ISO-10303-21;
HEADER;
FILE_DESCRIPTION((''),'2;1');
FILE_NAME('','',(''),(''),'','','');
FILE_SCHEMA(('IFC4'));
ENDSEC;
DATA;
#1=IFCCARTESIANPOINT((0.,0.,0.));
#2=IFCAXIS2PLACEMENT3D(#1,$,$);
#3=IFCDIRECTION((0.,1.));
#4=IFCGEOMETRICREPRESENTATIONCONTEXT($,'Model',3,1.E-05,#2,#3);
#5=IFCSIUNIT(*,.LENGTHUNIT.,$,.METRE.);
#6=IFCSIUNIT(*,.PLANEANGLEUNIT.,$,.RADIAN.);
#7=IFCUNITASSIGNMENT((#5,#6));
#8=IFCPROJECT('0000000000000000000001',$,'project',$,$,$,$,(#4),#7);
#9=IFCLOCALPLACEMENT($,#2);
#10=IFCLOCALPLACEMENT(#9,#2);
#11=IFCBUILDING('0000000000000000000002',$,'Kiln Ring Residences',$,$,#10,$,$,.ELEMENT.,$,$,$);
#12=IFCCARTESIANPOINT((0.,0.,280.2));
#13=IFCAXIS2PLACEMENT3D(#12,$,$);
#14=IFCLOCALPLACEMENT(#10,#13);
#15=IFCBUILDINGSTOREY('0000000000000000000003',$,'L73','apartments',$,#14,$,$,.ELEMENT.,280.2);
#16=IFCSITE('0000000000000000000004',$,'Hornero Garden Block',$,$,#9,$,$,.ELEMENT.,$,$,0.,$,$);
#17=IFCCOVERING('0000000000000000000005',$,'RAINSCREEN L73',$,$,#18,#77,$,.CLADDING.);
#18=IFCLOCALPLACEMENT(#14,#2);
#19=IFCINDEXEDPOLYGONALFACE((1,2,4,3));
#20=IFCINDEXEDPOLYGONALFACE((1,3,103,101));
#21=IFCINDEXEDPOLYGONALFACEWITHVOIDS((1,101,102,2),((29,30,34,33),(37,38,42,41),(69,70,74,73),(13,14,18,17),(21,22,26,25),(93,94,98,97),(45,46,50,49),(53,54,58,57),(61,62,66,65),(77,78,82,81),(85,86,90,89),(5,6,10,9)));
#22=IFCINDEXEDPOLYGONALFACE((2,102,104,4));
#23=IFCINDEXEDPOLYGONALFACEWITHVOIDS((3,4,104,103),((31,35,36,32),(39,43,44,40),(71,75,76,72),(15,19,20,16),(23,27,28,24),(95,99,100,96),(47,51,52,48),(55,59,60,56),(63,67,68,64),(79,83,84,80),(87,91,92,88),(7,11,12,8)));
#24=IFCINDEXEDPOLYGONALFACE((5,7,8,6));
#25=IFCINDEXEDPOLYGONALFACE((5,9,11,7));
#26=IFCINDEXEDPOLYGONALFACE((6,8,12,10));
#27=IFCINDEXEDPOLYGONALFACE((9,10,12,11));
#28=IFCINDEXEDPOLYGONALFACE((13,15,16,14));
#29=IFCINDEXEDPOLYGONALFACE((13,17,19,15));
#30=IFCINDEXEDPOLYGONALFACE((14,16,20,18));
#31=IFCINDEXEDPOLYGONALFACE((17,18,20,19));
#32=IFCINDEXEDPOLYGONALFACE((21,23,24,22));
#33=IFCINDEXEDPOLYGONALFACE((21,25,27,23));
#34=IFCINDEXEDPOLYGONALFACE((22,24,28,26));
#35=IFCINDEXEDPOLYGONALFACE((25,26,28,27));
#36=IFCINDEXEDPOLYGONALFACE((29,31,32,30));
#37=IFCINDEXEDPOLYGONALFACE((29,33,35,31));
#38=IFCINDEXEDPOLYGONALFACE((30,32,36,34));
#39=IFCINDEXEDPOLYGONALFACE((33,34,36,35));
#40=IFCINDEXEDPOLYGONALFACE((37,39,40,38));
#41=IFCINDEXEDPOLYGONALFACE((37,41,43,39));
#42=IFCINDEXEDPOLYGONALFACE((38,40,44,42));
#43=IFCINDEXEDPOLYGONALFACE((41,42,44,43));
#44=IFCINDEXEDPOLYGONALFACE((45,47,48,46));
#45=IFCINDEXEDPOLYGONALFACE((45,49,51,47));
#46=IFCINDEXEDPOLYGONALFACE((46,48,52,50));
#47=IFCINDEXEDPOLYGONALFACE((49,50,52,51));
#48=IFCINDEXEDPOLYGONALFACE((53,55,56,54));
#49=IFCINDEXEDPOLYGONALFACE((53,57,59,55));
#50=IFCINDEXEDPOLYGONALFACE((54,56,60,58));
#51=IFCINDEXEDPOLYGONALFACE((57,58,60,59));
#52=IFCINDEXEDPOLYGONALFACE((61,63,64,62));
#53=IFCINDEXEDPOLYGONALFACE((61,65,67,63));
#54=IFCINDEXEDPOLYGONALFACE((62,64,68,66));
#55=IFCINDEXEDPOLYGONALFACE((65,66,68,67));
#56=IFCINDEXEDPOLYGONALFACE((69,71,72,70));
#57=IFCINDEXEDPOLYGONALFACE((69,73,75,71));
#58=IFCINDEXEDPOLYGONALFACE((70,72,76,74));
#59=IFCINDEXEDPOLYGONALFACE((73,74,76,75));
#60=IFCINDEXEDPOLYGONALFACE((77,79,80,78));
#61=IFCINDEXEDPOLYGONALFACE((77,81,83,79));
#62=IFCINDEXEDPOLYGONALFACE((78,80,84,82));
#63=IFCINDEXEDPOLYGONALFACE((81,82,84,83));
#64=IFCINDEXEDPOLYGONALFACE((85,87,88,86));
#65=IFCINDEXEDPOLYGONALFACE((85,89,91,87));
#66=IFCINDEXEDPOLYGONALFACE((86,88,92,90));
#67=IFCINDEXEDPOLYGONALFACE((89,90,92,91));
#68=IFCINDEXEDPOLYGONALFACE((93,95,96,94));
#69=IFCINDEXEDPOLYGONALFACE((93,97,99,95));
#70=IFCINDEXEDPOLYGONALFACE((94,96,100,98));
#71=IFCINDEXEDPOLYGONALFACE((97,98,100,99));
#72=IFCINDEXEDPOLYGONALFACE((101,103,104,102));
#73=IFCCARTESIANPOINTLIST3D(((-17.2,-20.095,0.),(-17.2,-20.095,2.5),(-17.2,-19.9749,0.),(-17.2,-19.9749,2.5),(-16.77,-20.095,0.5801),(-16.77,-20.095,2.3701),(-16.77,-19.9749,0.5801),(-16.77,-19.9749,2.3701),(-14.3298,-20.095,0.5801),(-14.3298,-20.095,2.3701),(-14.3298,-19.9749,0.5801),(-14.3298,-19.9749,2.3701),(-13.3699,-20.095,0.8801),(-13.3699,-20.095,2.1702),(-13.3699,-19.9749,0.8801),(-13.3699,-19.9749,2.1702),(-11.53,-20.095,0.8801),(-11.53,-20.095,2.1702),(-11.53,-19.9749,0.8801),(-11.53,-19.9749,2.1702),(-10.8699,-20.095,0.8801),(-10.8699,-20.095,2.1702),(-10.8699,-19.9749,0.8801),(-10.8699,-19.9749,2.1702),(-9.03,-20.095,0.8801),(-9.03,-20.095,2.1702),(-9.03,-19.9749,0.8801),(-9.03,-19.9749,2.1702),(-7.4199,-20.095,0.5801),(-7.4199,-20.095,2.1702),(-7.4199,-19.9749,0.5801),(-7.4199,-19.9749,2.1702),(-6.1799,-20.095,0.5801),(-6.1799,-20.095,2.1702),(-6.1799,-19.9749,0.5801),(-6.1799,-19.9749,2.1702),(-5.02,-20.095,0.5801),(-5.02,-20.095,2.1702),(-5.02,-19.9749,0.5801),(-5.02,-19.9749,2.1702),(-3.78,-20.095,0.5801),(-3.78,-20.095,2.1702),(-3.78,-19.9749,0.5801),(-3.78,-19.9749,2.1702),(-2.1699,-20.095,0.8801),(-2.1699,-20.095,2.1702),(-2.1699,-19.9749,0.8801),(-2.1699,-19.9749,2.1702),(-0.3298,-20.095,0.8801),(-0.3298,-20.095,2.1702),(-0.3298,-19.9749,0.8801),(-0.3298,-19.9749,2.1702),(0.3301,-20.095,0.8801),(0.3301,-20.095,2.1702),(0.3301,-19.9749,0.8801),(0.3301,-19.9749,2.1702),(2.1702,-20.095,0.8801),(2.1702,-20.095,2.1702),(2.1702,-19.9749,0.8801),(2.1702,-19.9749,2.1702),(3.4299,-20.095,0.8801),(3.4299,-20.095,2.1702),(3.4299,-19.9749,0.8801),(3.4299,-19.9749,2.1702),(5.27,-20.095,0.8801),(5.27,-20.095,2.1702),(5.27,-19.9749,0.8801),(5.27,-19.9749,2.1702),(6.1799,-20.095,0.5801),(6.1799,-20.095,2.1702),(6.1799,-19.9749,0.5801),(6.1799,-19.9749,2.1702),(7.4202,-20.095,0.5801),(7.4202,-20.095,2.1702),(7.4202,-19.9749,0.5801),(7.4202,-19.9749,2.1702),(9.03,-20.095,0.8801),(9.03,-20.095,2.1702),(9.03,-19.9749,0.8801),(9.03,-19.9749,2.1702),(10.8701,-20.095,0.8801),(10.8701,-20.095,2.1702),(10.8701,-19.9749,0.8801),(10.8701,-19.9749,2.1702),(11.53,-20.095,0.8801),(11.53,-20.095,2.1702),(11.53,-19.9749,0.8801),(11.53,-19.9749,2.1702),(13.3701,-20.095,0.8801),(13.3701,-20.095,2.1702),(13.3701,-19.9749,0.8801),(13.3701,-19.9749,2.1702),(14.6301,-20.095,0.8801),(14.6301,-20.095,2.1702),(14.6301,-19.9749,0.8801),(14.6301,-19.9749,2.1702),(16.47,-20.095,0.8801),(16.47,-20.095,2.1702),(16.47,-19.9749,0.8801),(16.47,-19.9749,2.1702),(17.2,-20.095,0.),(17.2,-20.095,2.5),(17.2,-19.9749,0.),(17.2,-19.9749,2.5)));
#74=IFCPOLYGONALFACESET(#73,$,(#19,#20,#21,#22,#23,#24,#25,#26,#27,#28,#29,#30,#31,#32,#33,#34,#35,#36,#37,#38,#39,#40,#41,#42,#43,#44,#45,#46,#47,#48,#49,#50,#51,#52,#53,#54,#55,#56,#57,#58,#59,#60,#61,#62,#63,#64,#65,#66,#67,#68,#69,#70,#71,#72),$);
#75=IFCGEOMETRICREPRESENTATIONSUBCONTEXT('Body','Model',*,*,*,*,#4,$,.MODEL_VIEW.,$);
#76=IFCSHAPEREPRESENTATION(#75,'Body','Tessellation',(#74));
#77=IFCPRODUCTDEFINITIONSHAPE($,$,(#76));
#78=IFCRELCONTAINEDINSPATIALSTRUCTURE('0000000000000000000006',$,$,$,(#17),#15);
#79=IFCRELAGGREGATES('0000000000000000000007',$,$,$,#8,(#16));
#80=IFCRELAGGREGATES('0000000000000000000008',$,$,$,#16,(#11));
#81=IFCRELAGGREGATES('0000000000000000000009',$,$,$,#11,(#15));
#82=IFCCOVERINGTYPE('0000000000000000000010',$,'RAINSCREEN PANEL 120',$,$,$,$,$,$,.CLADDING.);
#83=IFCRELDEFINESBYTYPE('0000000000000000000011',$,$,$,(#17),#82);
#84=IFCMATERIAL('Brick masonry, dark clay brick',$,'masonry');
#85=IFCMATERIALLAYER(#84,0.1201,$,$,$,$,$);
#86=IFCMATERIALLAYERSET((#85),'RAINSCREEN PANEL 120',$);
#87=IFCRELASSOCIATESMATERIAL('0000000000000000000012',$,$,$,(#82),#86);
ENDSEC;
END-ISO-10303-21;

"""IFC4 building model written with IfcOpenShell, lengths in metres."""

from ifc_helpers import new_model, si_unit, direction, frame, origin, place, context, subcontext, project, spatial, polyline, outline, extrude, material, layer, layer_set, type_object, element, save


model = new_model("IFC4")

# Units and contexts
model_context = context("Model", 3, precision=1e-05, world=origin(), true_north=direction((0.0, 1.0)))
body_context = subcontext(model_context, "Body", "Model", "MODEL_VIEW")
ifc_project = project(units=[si_unit("LENGTHUNIT", "METRE"), si_unit("PLANEANGLEUNIT", "RADIAN")], contexts=[model_context])

# Site, building, storey
site_placement = place(None, origin())
site = spatial("IfcSite", under=ifc_project, at=site_placement, Name="Hornero Garden Block", CompositionType="ELEMENT", RefElevation=0.0)
building_placement = place(site_placement, origin())
building = spatial("IfcBuilding", under=site, at=building_placement, Name="Kiln Ring Residences", CompositionType="ELEMENT")
storey_placement = place(building_placement, frame((0.0, 0.0, 280.2)))
storey = spatial("IfcBuildingStorey", under=building, at=storey_placement, Name="L73", Description="apartments", CompositionType="ELEMENT", Elevation=280.2)

# Covering
ifc_material_1 = material(Name="Brick masonry, dark clay brick", Category="masonry")
ifc_layer_1 = layer(ifc_material_1, 0.1201)
ifc_layer_set_1 = layer_set([ifc_layer_1], Name="RAINSCREEN PANEL 120")
covering_type_1 = type_object("IfcCoveringType", Name="RAINSCREEN PANEL 120", PredefinedType="CLADDING", material=ifc_layer_set_1)
covering_1_placement = place(storey_placement, frame((-17.2, -20.0349, 0.0), z_axis=(0.0, 0.0, 1.0), x_axis=(1.0, 0.0, 0.0)))
element("IfcCovering", 1, at=covering_1_placement, inside=storey, type_object=covering_type_1, Name="RAINSCREEN L73", PredefinedType="CLADDING", context=body_context, shape_type="SweptSolid", body=[
    extrude(outline(polyline([(0.0, 0.0), (34.3999, 0.0), (34.3999, 2.5), (0.0, 2.5), (0.0, 0.0)]), holes=[polyline([(9.78, 0.5801), (11.02, 0.5801), (11.02, 2.1702), (9.78, 2.1702), (9.78, 0.5801)]), polyline([(12.1799, 2.1702), (12.1799, 0.5801), (13.4199, 0.5801), (13.4199, 2.1702), (12.1799, 2.1702)]), polyline([(0.4299, 2.3701), (0.4299, 0.5801), (2.8701, 0.5801), (2.8701, 2.3701), (0.4299, 2.3701)]), polyline([(3.8301, 0.8801), (5.6699, 0.8801), (5.6699, 2.1702), (3.8301, 2.1702), (3.8301, 0.8801)]), polyline([(6.3301, 2.1702), (6.3301, 0.8801), (8.1699, 0.8801), (8.1699, 2.1702), (6.3301, 2.1702)]), polyline([(15.03, 2.1702), (15.03, 0.8801), (16.8701, 0.8801), (16.8701, 2.1702), (15.03, 2.1702)]), polyline([(23.3799, 0.5801), (24.6201, 0.5801), (24.6201, 2.1702), (23.3799, 2.1702), (23.3799, 0.5801)]), polyline([(17.53, 2.1702), (17.53, 0.8801), (19.3701, 0.8801), (19.3701, 2.1702), (17.53, 2.1702)]), polyline([(20.6299, 2.1702), (20.6299, 0.8801), (22.47, 0.8801), (22.47, 2.1702), (20.6299, 2.1702)]), polyline([(26.23, 0.8801), (28.0701, 0.8801), (28.0701, 2.1702), (26.23, 2.1702), (26.23, 0.8801)]), polyline([(28.73, 2.1702), (28.73, 0.8801), (30.5701, 0.8801), (30.5701, 2.1702), (28.73, 2.1702)]), polyline([(31.8301, 2.1702), (31.8301, 0.8801), (33.6699, 0.8801), (33.6699, 2.1702), (31.8301, 2.1702)])]), frame((0.0, 0.0601, 0.0), z_axis=(0.0, -1.0, 0.0), x_axis=(1.0, 0.0, 0.0)), (0.0, 0.0, 1.0), 0.1201),
])

save(model, "model.ifc")
